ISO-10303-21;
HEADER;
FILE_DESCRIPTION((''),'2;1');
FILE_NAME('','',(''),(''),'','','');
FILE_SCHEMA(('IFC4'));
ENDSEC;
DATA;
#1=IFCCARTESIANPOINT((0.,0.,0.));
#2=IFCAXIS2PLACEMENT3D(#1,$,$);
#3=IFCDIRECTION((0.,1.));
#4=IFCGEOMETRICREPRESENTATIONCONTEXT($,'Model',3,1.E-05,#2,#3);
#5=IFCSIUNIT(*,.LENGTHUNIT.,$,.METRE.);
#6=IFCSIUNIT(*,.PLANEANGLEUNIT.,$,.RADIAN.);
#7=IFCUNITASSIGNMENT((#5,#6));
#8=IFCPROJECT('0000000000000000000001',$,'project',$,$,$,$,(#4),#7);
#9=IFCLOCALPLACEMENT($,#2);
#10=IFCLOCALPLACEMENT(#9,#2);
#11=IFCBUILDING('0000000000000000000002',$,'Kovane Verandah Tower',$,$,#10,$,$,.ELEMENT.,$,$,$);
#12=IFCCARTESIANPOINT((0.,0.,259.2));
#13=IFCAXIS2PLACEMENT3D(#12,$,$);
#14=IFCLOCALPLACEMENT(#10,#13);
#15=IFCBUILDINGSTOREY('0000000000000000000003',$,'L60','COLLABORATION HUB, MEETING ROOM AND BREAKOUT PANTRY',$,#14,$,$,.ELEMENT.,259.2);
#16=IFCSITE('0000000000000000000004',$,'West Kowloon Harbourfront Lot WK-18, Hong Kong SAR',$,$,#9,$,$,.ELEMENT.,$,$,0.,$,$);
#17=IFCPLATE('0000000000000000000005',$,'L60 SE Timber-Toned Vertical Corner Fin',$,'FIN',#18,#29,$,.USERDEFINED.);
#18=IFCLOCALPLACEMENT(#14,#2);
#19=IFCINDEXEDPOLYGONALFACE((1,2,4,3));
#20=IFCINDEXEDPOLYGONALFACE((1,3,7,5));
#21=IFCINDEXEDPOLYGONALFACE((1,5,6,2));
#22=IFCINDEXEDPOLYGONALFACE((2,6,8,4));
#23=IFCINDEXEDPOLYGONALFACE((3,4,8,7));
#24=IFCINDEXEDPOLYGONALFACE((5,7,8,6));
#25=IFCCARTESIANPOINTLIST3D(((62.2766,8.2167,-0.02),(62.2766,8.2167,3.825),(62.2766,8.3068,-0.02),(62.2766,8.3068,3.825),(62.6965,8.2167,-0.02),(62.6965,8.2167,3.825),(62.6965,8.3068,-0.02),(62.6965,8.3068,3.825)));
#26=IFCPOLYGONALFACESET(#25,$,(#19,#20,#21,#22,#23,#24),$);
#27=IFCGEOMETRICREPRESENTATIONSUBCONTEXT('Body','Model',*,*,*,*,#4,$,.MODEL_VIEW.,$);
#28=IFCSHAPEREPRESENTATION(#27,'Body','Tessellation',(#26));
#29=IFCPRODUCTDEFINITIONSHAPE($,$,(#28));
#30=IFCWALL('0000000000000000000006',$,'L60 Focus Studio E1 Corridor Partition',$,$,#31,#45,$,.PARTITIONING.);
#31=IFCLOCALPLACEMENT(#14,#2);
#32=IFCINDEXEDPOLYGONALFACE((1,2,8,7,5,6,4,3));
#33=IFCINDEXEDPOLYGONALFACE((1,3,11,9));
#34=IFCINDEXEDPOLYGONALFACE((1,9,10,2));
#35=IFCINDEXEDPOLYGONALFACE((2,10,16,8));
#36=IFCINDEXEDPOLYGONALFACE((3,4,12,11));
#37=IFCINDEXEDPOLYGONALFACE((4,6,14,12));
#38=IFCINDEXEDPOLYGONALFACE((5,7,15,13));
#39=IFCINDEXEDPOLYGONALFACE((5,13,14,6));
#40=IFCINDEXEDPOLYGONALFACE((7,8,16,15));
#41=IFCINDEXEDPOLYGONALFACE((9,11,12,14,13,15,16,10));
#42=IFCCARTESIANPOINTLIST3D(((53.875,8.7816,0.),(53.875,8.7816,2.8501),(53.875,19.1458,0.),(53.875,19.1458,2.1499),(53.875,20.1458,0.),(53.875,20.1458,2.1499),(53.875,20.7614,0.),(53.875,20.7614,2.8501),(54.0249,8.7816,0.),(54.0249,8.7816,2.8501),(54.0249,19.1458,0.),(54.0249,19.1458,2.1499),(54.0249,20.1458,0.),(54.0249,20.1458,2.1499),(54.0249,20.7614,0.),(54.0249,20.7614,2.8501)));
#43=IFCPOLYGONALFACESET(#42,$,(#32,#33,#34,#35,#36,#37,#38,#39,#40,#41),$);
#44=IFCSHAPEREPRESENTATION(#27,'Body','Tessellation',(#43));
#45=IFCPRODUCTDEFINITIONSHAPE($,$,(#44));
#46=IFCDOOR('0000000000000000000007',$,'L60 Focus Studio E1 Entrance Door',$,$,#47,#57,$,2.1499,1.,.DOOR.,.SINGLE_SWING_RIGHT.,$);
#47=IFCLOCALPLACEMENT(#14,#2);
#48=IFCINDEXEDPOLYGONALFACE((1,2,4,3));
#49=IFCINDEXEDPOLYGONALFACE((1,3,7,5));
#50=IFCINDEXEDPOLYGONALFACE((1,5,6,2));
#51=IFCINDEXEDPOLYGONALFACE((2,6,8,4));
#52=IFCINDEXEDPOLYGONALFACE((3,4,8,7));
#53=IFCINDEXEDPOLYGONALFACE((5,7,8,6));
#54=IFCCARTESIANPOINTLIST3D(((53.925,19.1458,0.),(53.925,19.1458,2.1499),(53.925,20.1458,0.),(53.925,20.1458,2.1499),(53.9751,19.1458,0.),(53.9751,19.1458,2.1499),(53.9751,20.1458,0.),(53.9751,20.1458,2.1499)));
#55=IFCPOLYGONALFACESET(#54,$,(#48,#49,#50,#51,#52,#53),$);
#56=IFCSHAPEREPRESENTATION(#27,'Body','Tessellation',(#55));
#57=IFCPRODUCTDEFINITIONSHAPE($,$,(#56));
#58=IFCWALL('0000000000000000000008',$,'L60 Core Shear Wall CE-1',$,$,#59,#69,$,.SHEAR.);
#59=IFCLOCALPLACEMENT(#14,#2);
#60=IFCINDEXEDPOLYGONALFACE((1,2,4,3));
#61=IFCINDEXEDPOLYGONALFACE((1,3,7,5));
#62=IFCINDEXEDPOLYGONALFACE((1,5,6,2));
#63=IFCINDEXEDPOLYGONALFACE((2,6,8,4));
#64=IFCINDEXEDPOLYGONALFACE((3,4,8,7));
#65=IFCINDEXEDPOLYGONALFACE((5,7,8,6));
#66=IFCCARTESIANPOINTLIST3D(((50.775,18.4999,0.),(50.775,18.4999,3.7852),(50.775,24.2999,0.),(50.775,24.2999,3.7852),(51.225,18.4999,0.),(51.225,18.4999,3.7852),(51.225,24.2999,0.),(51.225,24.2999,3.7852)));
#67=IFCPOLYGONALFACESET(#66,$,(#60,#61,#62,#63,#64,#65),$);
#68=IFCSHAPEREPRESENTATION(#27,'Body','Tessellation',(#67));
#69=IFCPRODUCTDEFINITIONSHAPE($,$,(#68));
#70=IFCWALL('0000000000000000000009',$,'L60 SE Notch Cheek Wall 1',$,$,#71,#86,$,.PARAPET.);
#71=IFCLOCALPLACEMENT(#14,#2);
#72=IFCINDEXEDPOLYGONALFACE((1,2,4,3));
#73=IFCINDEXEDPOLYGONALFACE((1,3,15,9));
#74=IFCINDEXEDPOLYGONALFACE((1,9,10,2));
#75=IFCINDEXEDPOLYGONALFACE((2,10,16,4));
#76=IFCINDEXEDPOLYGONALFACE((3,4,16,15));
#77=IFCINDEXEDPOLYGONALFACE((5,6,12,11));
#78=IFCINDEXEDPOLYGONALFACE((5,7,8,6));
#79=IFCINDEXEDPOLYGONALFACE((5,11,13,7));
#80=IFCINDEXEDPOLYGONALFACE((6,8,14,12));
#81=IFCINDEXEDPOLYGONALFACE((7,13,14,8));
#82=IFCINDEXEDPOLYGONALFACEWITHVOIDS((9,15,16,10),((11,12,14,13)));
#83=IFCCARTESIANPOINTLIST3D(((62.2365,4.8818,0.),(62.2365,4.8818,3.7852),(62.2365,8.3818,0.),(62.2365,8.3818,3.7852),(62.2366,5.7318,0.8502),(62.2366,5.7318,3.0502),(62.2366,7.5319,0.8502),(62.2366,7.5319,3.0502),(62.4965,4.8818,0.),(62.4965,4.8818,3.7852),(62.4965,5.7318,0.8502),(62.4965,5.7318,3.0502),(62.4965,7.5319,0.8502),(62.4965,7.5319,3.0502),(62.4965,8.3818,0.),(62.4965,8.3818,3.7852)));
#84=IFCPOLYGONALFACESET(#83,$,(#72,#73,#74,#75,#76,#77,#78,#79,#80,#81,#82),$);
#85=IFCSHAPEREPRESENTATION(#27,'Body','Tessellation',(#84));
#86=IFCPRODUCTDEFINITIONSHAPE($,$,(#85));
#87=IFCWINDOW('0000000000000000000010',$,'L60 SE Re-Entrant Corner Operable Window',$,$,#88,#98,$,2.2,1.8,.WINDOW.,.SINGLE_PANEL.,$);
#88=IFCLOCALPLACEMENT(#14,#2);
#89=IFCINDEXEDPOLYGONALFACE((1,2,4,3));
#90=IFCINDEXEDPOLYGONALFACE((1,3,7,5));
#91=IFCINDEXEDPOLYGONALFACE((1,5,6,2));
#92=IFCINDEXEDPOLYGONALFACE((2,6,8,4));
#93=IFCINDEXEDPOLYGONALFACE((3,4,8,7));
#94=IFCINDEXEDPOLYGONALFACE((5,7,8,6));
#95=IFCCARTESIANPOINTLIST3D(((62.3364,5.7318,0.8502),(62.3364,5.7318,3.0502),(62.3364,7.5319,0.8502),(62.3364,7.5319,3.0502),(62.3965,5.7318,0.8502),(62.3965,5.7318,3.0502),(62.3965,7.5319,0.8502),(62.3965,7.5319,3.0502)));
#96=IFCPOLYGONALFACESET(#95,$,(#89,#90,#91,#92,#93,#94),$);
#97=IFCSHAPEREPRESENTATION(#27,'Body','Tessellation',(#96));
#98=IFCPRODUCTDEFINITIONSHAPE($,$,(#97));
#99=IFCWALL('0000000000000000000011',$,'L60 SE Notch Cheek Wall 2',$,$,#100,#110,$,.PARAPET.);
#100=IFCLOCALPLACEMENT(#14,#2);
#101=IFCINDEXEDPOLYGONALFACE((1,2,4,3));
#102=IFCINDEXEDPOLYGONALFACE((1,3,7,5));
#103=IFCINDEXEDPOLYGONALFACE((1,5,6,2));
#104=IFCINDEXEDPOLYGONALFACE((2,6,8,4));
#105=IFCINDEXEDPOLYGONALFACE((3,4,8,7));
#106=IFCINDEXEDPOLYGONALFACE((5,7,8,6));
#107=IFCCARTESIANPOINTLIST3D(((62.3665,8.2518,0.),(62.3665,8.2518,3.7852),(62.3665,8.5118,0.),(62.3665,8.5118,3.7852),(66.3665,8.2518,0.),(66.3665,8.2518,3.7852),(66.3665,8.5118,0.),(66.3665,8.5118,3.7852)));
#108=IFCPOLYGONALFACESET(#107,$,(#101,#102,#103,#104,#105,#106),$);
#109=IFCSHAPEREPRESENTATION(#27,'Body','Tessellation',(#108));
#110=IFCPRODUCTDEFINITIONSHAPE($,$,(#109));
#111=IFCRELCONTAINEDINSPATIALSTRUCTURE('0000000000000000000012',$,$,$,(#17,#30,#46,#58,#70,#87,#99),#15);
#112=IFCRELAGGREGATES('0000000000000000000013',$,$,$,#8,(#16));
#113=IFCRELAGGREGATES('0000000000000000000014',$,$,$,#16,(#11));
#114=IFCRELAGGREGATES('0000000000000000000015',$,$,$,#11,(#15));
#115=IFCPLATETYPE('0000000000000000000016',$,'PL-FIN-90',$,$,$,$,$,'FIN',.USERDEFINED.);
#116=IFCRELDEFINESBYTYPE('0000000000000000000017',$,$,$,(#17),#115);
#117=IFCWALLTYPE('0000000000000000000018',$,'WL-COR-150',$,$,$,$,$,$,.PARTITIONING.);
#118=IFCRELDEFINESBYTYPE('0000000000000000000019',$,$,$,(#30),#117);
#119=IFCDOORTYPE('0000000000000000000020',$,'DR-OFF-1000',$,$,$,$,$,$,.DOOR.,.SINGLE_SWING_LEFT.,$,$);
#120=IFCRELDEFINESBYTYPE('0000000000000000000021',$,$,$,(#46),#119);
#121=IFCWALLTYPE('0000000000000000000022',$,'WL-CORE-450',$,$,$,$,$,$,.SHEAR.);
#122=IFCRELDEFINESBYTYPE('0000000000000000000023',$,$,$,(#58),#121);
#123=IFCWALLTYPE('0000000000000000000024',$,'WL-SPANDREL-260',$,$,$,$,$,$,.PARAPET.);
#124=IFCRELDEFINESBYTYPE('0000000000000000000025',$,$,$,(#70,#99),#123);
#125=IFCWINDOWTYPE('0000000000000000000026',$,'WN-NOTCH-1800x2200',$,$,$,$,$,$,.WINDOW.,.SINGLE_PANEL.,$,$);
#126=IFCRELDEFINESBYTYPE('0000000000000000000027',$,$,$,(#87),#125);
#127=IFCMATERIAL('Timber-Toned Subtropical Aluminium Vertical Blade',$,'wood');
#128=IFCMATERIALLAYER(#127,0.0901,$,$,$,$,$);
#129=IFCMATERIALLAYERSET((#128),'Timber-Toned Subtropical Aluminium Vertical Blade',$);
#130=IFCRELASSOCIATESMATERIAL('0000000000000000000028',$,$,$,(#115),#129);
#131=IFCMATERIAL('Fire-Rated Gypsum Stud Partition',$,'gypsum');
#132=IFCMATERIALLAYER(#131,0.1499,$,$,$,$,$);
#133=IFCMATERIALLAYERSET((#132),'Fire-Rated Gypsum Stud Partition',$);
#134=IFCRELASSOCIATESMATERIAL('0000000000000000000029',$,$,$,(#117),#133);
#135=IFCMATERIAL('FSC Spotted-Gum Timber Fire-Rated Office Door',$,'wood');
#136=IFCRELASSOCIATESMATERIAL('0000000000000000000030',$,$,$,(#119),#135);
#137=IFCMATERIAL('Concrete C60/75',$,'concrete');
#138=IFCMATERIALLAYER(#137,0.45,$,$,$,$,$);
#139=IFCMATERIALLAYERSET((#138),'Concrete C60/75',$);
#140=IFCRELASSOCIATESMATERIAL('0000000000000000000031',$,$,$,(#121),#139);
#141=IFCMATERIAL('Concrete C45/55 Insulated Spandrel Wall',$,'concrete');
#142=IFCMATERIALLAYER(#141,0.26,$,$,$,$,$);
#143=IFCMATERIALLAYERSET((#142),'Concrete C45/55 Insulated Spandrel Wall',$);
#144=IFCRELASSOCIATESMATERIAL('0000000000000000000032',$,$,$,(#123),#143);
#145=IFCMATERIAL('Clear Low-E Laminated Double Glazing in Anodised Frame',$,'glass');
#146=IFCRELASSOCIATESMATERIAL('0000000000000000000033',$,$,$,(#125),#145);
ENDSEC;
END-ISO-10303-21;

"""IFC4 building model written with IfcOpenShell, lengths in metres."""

from ifc_helpers import new_model, si_unit, direction, frame, frame_2d, origin, origin_2d, place, context, subcontext, project, spatial, rectangle, extrude, material, layer, layer_set, type_object, element, fill, save


model = new_model("IFC4")

# Units and contexts
model_context = context("Model", 3, precision=1e-05, world=origin(), true_north=direction((0.0, 1.0)))
body_context = subcontext(model_context, "Body", "Model", "MODEL_VIEW")
ifc_project = project(units=[si_unit("LENGTHUNIT", "METRE"), si_unit("PLANEANGLEUNIT", "RADIAN")], contexts=[model_context])

# Site, building, storey
site_placement = place(None, origin())
site = spatial("IfcSite", under=ifc_project, at=site_placement, Name="West Kowloon Harbourfront Lot WK-18, Hong Kong SAR", CompositionType="ELEMENT", RefElevation=0.0)
building_placement = place(site_placement, origin())
building = spatial("IfcBuilding", under=site, at=building_placement, Name="Kovane Verandah Tower", CompositionType="ELEMENT")
storey_placement = place(building_placement, frame((0.0, 0.0, 259.2)))
storey = spatial("IfcBuildingStorey", under=building, at=storey_placement, Name="L60", Description="COLLABORATION HUB, MEETING ROOM AND BREAKOUT PANTRY", CompositionType="ELEMENT", Elevation=259.2)

# Shared definitions
ifc_material_1 = material(Name="Concrete C60/75", Category="concrete")

# Plate
ifc_material_2 = material(Name="Timber-Toned Subtropical Aluminium Vertical Blade", Category="wood")
ifc_layer_1 = layer(ifc_material_2, 0.0901)
ifc_layer_set_1 = layer_set([ifc_layer_1], Name="Timber-Toned Subtropical Aluminium Vertical Blade")
plate_type = type_object("IfcPlateType", Name="PL-FIN-90", ElementType="FIN", PredefinedType="USERDEFINED", material=ifc_layer_set_1)
plate_placement = place(storey_placement, frame((62.4866, 8.2617, -0.02), z_axis=(0.0, 0.0, 1.0), x_axis=(1.0, 0.0, 0.0)))
element("IfcPlate", 1, at=plate_placement, inside=storey, type_object=plate_type, Name="L60 SE Timber-Toned Vertical Corner Fin", ObjectType="FIN", PredefinedType="USERDEFINED", context=body_context, shape_type="SweptSolid", body=[
    extrude(rectangle(XDim=0.4199, YDim=0.0901, at=origin_2d()), origin(), (0.0, 0.0, 1.0), 3.845),
])

# Wall, opening, door
ifc_material_3 = material(Name="Fire-Rated Gypsum Stud Partition", Category="gypsum")
ifc_layer_2 = layer(ifc_material_3, 0.1499)
ifc_layer_set_2 = layer_set([ifc_layer_2], Name="Fire-Rated Gypsum Stud Partition")
wall_type_1 = type_object("IfcWallType", Name="WL-COR-150", PredefinedType="PARTITIONING", material=ifc_layer_set_2)
wall_1_placement = place(storey_placement, frame((53.95, 8.7817, 0.0), z_axis=(0.0, 0.0, 1.0), x_axis=(0.0, 1.0, 0.0)))
wall_1 = element("IfcWall", 2, at=wall_1_placement, inside=storey, type_object=wall_type_1, Name="L60 Focus Studio E1 Corridor Partition", PredefinedType="PARTITIONING", context=body_context, shape_type="SweptSolid", body=[
    extrude(rectangle(XDim=11.9797, YDim=0.1499, at=frame_2d((5.9897, 0.0))), origin(), (0.0, 0.0, 1.0), 2.8501),
])
opening_1_placement = place(wall_1_placement, frame((10.364, 0.0, 0.0)))
opening_1 = element("IfcOpeningElement", 3, at=opening_1_placement, cuts=wall_1, PredefinedType="OPENING", context=body_context, shape_type="SweptSolid", body=[
    extrude(rectangle(XDim=1.0, YDim=2.1499, at=frame_2d((0.5, 1.075))), frame((0.0, 0.075, 0.0), z_axis=(0.0, -1.0, 0.0), x_axis=(1.0, 0.0, 0.0)), (0.0, 0.0, 1.0), 0.1499),
])
ifc_material_4 = material(Name="FSC Spotted-Gum Timber Fire-Rated Office Door", Category="wood")
door_type_1 = type_object("IfcDoorType", Name="DR-OFF-1000", OperationType="SINGLE_SWING_LEFT", PredefinedType="DOOR", material=ifc_material_4)
door_1_placement = place(opening_1_placement, origin())
door_1 = element("IfcDoor", 4, at=door_1_placement, inside=storey, type_object=door_type_1, Name="L60 Focus Studio E1 Entrance Door", OperationType="SINGLE_SWING_RIGHT", OverallHeight=2.1499, OverallWidth=1.0, PredefinedType="DOOR", context=body_context, shape_type="SweptSolid", body=[
    extrude(rectangle(XDim=1.0, YDim=2.1499, at=frame_2d((0.5, 1.075))), frame((0.0, 0.0249, 0.0), z_axis=(0.0, -1.0, 0.0), x_axis=(1.0, 0.0, 0.0)), (0.0, 0.0, 1.0), 0.05),
])
fill(opening_1, door_1)

# Wall
ifc_layer_3 = layer(ifc_material_1, 0.45)
ifc_layer_set_3 = layer_set([ifc_layer_3], Name="Concrete C60/75")
wall_type_2 = type_object("IfcWallType", Name="WL-CORE-450", PredefinedType="SHEAR", material=ifc_layer_set_3)
wall_2_placement = place(storey_placement, frame((51.0, 18.5, 0.0), z_axis=(0.0, 0.0, 1.0), x_axis=(0.0, 1.0, 0.0)))
element("IfcWall", 5, at=wall_2_placement, inside=storey, type_object=wall_type_2, Name="L60 Core Shear Wall CE-1", PredefinedType="SHEAR", context=body_context, shape_type="SweptSolid", body=[
    extrude(rectangle(XDim=5.8, YDim=0.45, at=frame_2d((2.8999, 0.0))), origin(), (0.0, 0.0, 1.0), 3.7852),
])

# Shared definitions
ifc_material_5 = material(Name="Concrete C45/55 Insulated Spandrel Wall", Category="concrete")
ifc_layer_4 = layer(ifc_material_5, 0.26)
ifc_layer_set_4 = layer_set([ifc_layer_4], Name="Concrete C45/55 Insulated Spandrel Wall")
wall_type_3 = type_object("IfcWallType", Name="WL-SPANDREL-260", PredefinedType="PARAPET", material=ifc_layer_set_4)
ifc_material_6 = material(Name="Clear Low-E Laminated Double Glazing in Anodised Frame", Category="glass")

# Wall, opening, window
wall_3_placement = place(storey_placement, frame((62.3665, 4.8818, 0.0), z_axis=(0.0, 0.0, 1.0), x_axis=(0.0, 1.0, 0.0)))
wall_3 = element("IfcWall", 6, at=wall_3_placement, inside=storey, type_object=wall_type_3, Name="L60 SE Notch Cheek Wall 1", PredefinedType="PARAPET", context=body_context, shape_type="SweptSolid", body=[
    extrude(rectangle(XDim=3.5, YDim=0.26, at=frame_2d((1.75, 0.0))), origin(), (0.0, 0.0, 1.0), 3.7852),
])
opening_2_placement = place(wall_3_placement, frame((0.8501, 0.0, 0.8501)))
opening_2 = element("IfcOpeningElement", 7, at=opening_2_placement, cuts=wall_3, PredefinedType="OPENING", context=body_context, shape_type="SweptSolid", body=[
    extrude(rectangle(XDim=1.8, YDim=2.2, at=frame_2d((0.8999, 1.1001))), frame((0.0, 0.1299, 0.0), z_axis=(0.0, -1.0, 0.0), x_axis=(1.0, 0.0, 0.0)), (0.0, 0.0, 1.0), 0.26),
])
window_type_1 = type_object("IfcWindowType", Name="WN-NOTCH-1800x2200", PartitioningType="SINGLE_PANEL", PredefinedType="WINDOW", material=ifc_material_6)
window_1_placement = place(opening_2_placement, origin())
window_1 = element("IfcWindow", 8, at=window_1_placement, inside=storey, type_object=window_type_1, Name="L60 SE Re-Entrant Corner Operable Window", OverallHeight=2.2, OverallWidth=1.8, PartitioningType="SINGLE_PANEL", PredefinedType="WINDOW", context=body_context, shape_type="SweptSolid", body=[
    extrude(rectangle(XDim=1.8, YDim=2.2, at=frame_2d((0.8999, 1.1001))), frame((0.0, 0.03, 0.0), z_axis=(0.0, -1.0, 0.0), x_axis=(1.0, 0.0, 0.0)), (0.0, 0.0, 1.0), 0.0601),
])
fill(opening_2, window_1)

# Wall
wall_4_placement = place(storey_placement, frame((62.3665, 8.3818, 0.0), z_axis=(0.0, 0.0, 1.0), x_axis=(1.0, 0.0, 0.0)))
element("IfcWall", 9, at=wall_4_placement, inside=storey, type_object=wall_type_3, Name="L60 SE Notch Cheek Wall 2", PredefinedType="PARAPET", context=body_context, shape_type="SweptSolid", body=[
    extrude(rectangle(XDim=4.0, YDim=0.26, at=frame_2d((2.0, 0.0))), origin(), (0.0, 0.0, 1.0), 3.7852),
])

save(model, "model.ifc")
